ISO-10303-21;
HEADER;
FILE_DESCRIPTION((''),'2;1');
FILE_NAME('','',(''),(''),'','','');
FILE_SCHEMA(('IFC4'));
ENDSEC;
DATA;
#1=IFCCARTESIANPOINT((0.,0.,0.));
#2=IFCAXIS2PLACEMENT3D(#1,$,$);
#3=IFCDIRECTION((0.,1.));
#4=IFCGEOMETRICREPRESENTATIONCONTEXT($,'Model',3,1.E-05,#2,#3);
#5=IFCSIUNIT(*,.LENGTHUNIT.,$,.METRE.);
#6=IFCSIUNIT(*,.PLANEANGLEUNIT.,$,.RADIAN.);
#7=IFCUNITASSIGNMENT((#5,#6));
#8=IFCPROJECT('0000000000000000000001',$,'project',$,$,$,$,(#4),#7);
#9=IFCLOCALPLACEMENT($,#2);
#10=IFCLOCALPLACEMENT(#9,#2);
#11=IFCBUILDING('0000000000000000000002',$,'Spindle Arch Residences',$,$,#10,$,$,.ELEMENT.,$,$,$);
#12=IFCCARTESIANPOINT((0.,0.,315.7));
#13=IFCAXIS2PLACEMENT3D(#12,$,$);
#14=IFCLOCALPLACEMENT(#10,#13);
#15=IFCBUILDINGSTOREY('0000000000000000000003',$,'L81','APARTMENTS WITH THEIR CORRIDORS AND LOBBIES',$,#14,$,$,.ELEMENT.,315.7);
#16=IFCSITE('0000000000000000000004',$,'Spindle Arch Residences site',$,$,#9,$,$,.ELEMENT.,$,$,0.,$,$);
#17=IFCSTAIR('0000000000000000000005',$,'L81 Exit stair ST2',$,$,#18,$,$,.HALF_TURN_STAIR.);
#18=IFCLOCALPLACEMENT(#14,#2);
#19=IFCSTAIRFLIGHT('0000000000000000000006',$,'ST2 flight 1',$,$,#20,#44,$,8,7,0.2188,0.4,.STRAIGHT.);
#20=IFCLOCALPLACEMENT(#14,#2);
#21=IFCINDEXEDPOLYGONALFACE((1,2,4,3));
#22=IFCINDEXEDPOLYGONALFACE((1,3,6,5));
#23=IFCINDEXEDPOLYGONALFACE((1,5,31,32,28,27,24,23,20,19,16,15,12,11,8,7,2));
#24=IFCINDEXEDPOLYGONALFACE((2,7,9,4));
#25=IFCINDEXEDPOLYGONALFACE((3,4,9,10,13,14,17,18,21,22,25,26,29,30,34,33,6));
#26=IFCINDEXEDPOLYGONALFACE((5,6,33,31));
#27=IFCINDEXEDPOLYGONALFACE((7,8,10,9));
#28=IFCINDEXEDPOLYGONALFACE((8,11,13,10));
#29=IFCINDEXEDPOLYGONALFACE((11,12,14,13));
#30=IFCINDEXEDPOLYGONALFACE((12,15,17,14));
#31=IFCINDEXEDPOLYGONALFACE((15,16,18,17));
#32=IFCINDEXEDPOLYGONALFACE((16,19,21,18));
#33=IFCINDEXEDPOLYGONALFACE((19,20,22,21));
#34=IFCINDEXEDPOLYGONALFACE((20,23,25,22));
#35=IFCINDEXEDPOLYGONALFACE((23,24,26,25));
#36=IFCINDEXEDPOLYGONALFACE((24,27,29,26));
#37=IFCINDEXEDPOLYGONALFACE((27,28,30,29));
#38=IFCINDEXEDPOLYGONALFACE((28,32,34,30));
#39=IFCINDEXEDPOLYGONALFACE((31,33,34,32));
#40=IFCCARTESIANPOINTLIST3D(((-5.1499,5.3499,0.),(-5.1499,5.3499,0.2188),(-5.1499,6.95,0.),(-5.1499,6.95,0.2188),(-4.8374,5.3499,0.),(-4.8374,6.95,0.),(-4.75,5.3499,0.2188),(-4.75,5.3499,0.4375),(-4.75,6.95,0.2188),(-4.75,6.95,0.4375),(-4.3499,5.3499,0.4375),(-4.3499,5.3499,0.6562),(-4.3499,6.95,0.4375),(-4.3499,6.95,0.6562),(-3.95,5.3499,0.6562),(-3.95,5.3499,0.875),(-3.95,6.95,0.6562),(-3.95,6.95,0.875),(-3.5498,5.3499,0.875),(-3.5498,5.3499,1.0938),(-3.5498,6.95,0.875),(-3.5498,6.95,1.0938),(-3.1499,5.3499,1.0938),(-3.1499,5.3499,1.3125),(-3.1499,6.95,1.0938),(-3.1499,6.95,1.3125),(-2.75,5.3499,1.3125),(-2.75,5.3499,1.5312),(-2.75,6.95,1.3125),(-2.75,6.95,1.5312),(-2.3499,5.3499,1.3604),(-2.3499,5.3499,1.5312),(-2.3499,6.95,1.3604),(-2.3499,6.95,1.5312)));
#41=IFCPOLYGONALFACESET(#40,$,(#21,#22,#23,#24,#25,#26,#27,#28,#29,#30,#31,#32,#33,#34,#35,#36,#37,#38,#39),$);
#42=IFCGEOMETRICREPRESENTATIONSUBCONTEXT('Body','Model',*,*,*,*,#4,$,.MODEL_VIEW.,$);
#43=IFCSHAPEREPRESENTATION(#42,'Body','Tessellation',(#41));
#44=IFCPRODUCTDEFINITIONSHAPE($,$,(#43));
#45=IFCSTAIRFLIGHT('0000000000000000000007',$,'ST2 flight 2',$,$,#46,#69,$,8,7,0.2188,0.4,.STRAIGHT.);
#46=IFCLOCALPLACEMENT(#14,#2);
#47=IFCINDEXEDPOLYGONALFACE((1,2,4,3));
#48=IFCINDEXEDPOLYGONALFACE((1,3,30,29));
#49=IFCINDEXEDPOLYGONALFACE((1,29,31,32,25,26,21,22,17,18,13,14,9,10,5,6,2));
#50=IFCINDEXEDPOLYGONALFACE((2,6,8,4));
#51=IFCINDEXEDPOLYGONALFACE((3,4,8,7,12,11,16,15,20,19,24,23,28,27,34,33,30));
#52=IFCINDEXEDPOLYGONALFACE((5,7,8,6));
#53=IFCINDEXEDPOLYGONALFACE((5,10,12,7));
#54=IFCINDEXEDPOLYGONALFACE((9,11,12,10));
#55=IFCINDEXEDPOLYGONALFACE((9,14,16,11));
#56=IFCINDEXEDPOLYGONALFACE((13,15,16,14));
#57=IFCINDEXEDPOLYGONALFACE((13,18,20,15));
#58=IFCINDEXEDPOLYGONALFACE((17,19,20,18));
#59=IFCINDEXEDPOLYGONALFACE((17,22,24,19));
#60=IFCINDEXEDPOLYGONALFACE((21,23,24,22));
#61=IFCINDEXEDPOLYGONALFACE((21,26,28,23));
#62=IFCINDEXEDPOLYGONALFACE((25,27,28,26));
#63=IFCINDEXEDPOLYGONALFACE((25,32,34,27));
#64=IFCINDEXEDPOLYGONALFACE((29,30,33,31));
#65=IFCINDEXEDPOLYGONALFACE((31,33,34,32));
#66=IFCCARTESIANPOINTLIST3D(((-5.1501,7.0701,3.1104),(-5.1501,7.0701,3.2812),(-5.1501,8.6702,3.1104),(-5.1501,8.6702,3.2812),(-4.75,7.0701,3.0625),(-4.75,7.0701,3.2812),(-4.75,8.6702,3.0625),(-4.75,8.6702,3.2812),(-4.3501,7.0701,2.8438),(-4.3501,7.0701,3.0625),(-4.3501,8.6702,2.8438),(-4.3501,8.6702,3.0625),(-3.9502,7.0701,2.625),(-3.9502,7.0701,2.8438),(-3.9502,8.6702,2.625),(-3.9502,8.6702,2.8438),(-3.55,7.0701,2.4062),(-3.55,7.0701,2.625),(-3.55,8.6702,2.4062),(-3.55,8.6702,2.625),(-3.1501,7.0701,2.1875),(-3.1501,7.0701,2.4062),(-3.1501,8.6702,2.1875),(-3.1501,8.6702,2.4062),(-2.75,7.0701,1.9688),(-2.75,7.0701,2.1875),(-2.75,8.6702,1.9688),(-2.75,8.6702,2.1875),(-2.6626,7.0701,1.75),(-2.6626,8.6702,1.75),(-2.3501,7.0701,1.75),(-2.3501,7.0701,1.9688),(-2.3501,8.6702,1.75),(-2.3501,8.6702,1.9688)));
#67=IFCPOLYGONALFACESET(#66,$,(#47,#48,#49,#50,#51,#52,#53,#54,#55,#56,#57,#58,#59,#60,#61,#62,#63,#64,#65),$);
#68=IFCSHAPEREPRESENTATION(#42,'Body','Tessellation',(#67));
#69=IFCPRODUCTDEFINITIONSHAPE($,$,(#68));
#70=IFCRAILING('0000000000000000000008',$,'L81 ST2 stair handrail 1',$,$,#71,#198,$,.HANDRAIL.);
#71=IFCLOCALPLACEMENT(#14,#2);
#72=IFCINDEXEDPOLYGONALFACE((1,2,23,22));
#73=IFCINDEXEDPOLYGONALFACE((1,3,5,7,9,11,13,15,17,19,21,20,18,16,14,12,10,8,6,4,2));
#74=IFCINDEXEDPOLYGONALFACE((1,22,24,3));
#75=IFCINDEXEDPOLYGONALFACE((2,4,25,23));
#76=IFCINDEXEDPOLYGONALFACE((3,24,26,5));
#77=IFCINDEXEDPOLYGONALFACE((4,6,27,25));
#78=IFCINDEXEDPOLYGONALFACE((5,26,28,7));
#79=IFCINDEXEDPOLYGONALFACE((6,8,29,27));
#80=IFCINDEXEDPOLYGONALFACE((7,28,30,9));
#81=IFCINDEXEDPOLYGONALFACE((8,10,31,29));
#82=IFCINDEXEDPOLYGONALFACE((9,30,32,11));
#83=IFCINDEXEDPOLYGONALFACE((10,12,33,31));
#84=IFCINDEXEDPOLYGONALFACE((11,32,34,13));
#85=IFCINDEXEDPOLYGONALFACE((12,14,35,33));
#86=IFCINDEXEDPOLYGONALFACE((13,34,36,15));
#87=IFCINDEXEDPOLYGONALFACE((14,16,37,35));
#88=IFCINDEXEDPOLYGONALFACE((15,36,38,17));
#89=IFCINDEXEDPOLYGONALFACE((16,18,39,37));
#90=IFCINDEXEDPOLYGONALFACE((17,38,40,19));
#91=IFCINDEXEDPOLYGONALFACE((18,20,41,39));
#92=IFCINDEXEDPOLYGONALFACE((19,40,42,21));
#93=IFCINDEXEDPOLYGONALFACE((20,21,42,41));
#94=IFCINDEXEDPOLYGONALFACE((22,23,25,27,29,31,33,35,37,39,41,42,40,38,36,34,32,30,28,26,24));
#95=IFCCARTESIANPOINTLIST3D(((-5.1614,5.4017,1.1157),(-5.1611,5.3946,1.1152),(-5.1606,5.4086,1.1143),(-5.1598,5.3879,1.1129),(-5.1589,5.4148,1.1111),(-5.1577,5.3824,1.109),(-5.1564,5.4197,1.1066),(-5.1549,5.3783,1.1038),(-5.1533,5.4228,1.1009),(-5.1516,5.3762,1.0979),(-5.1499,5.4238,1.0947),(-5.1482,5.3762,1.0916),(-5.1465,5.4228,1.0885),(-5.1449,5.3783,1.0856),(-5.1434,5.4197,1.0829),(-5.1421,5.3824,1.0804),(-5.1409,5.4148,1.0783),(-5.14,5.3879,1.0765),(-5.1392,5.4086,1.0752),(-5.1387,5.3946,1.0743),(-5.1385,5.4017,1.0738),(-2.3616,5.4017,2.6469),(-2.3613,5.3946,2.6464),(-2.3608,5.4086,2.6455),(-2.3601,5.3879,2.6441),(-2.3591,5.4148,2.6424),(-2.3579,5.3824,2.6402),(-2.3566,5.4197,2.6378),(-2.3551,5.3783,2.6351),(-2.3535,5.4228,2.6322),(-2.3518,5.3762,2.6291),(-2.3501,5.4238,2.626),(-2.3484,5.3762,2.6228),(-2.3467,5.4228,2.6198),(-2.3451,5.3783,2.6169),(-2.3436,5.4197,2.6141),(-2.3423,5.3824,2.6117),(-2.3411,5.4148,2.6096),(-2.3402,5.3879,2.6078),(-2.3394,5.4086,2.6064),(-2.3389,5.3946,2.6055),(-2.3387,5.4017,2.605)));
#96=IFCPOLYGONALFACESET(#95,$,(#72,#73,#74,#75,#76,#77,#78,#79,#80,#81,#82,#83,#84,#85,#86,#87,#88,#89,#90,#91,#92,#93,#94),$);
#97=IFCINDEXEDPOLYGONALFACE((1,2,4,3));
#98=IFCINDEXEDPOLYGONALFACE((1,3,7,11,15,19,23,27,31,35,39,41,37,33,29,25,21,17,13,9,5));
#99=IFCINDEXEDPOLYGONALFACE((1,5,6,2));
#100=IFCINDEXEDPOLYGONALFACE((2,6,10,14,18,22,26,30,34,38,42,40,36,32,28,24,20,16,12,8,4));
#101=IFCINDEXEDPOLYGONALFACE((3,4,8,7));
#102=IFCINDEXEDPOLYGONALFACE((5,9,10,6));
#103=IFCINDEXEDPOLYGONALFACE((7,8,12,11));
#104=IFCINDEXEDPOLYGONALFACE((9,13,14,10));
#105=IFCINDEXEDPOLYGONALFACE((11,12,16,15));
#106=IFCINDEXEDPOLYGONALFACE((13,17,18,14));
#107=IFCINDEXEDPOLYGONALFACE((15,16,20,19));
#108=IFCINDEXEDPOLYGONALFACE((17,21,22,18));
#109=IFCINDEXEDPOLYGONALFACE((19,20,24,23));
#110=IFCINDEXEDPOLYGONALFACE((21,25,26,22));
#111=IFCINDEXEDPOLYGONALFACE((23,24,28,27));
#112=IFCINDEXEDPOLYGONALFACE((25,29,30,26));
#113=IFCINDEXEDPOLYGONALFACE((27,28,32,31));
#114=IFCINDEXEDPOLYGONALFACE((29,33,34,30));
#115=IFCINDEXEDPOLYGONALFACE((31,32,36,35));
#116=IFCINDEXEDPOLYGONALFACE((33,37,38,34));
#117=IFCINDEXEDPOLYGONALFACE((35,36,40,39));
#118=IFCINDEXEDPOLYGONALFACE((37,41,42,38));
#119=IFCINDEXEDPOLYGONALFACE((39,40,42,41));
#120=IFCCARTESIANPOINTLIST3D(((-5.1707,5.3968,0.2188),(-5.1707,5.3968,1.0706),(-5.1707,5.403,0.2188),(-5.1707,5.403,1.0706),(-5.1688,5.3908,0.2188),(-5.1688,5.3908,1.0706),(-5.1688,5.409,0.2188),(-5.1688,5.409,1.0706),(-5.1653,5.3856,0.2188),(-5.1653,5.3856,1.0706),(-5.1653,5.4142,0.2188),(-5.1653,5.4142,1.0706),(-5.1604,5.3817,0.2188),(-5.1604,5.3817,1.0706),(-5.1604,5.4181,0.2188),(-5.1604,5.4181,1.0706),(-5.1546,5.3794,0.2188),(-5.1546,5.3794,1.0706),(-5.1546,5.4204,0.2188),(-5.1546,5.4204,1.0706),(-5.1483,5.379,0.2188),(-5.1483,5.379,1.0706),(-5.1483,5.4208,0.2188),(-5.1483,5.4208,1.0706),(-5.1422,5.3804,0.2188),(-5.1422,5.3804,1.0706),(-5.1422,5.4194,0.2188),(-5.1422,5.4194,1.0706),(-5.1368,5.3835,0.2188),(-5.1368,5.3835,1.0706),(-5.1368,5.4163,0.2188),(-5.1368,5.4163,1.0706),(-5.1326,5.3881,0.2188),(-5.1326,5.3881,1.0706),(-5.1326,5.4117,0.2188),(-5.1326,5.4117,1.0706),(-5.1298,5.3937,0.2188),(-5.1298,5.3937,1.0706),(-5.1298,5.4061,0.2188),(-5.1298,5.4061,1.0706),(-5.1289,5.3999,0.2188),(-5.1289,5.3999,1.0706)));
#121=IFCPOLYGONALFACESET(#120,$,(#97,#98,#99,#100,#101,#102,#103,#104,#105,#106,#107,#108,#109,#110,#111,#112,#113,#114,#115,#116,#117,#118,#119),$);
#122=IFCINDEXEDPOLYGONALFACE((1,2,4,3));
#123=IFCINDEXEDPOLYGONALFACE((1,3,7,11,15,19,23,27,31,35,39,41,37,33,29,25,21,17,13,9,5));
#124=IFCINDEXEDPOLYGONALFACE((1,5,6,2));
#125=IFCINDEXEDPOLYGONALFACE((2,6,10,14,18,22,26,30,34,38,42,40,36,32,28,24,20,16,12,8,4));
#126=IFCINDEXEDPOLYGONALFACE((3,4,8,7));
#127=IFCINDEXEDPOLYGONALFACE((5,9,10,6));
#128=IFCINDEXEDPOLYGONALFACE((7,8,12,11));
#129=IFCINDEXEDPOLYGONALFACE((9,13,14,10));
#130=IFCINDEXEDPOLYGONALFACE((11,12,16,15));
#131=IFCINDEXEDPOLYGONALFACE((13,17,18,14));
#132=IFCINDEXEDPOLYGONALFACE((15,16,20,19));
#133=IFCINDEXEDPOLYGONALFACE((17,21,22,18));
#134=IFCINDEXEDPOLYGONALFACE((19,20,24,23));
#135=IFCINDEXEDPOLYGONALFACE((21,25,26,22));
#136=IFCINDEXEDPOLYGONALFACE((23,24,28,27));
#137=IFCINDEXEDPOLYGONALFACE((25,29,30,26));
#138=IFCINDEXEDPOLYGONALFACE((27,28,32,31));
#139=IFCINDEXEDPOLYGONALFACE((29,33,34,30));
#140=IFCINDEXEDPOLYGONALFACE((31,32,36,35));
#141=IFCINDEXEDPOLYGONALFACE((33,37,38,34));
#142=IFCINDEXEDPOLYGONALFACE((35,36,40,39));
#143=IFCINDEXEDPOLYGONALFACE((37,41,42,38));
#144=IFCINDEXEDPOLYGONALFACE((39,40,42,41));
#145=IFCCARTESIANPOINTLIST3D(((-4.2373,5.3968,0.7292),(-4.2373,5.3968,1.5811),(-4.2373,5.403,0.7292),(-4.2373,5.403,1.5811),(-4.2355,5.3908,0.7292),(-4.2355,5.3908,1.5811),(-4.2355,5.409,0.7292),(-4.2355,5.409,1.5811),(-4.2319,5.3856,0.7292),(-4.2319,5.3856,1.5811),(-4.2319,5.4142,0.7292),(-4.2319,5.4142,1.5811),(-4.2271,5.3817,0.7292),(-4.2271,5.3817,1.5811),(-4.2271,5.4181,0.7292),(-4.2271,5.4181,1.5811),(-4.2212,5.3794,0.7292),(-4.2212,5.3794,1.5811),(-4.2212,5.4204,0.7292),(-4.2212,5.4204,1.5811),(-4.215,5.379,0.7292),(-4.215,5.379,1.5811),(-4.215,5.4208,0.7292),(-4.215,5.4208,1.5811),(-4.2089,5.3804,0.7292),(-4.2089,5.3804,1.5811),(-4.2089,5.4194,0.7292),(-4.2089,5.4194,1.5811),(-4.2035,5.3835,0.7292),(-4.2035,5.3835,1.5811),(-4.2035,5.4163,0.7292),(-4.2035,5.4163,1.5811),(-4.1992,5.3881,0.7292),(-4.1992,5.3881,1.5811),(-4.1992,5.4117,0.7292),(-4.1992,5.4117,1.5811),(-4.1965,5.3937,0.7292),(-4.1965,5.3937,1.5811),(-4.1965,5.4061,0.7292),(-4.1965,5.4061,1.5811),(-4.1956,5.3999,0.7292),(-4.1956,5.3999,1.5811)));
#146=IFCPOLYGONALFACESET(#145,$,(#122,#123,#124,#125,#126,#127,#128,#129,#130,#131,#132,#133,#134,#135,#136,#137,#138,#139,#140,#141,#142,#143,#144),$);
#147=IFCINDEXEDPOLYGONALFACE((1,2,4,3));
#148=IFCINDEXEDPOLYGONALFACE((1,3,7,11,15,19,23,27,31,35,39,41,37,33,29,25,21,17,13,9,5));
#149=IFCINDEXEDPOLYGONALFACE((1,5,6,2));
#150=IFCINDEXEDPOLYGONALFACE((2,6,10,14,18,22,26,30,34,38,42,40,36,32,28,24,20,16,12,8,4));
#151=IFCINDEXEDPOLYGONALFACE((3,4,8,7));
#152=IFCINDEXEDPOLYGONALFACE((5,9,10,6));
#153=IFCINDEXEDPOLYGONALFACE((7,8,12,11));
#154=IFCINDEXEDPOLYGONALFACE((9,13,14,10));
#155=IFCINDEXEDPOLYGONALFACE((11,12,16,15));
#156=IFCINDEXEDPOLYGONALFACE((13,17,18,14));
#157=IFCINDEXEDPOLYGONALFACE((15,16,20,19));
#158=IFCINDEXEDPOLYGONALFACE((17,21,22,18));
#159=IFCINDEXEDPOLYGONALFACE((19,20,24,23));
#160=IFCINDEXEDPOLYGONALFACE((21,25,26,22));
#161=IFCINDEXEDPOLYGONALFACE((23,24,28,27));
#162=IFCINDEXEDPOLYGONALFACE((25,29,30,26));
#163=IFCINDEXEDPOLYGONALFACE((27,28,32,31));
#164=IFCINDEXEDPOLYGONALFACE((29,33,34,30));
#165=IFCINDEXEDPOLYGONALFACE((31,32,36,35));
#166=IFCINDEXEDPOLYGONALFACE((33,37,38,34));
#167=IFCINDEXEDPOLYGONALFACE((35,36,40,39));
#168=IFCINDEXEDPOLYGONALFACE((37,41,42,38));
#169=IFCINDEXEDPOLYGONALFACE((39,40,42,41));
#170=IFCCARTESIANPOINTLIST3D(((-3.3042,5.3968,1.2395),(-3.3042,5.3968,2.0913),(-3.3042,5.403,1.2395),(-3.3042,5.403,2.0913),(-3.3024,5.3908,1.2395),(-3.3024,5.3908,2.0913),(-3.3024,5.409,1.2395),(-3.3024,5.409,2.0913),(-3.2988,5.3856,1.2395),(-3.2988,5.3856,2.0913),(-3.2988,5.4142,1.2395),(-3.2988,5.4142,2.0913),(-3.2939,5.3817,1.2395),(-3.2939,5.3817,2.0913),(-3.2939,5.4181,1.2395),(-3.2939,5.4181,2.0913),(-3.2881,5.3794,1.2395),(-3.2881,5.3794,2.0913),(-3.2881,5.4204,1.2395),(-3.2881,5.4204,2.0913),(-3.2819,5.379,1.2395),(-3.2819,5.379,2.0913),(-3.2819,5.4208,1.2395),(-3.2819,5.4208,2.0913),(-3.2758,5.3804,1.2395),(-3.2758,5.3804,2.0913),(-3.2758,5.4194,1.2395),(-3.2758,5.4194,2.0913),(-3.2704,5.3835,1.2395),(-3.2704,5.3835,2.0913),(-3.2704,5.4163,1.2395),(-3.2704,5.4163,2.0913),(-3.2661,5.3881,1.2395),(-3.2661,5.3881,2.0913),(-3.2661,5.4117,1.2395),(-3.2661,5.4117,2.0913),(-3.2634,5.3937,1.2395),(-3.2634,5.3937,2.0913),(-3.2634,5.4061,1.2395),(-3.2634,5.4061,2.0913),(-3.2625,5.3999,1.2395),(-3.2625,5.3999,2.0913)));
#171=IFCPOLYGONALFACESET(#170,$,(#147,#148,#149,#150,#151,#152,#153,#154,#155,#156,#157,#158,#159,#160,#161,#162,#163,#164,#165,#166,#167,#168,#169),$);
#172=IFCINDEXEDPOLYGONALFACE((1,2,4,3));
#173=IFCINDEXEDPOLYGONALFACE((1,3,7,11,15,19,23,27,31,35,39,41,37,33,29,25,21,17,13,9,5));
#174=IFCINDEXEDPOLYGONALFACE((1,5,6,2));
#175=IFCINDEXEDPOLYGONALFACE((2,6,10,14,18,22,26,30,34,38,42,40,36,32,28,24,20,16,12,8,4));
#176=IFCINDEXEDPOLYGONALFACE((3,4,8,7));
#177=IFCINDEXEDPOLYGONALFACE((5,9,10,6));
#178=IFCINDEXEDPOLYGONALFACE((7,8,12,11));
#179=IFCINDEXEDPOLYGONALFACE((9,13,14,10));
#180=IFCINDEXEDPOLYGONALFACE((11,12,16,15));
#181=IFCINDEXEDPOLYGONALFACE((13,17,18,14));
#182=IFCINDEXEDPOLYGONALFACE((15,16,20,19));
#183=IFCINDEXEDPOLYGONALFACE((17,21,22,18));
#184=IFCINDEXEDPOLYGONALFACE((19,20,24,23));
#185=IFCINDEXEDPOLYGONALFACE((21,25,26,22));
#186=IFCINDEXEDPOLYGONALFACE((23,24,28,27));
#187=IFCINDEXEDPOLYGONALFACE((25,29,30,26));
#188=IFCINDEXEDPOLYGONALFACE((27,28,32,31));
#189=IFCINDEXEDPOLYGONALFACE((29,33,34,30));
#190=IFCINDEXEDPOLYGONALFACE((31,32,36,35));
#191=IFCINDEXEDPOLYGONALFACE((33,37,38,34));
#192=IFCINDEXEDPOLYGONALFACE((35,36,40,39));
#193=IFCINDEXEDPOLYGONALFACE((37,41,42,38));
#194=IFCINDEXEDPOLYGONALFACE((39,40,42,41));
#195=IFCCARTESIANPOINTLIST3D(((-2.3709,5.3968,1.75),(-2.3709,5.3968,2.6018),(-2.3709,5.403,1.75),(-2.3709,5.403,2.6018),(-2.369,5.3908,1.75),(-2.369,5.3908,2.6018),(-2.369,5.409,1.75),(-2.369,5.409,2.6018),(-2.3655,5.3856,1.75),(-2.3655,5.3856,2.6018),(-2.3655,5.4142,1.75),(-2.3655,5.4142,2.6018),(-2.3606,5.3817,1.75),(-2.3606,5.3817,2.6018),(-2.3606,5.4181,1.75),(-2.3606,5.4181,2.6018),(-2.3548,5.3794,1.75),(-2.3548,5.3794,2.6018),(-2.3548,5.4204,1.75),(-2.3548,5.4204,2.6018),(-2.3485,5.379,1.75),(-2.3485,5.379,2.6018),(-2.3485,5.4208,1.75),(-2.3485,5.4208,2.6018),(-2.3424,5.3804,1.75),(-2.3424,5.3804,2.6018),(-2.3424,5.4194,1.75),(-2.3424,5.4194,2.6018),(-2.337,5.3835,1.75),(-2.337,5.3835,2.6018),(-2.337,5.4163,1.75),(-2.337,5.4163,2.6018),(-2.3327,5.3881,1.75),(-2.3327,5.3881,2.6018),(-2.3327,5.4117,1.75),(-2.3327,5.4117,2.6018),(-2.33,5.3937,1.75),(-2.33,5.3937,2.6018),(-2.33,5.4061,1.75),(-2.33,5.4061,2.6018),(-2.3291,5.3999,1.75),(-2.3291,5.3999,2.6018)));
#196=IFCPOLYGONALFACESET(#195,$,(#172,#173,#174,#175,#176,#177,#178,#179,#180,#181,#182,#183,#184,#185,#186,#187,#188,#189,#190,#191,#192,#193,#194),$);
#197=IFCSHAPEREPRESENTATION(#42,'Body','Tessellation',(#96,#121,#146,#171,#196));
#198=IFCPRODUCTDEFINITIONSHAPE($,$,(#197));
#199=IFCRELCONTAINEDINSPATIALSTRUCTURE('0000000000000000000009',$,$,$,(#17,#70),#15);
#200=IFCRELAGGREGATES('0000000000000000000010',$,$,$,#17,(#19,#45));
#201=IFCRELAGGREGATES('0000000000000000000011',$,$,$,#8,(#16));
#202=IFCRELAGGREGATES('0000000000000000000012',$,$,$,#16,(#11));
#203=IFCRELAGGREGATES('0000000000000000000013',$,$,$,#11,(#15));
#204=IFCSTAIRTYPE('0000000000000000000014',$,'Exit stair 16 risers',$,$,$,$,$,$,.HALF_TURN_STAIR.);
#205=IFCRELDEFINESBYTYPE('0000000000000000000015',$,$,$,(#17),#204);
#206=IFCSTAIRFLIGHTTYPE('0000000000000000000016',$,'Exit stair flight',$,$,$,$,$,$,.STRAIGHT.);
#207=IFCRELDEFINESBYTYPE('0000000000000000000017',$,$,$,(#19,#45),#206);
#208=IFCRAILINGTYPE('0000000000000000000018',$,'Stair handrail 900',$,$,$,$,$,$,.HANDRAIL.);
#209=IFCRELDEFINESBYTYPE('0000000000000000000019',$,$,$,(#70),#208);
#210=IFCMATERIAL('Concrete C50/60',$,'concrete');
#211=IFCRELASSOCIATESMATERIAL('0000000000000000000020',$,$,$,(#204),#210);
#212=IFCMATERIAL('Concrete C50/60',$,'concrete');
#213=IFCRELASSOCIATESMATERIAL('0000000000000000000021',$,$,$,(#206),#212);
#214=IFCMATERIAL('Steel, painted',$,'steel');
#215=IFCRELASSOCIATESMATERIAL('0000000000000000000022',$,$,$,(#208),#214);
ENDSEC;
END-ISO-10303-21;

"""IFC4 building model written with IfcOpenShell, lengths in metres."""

from ifc_helpers import new_model, si_unit, direction, frame, origin, origin_2d, place, context, subcontext, project, spatial, polyline, circle, outline, extrude, material, type_object, element, aggregate, save


model = new_model("IFC4")

# Units and contexts
model_context = context("Model", 3, precision=1e-05, world=origin(), true_north=direction((0.0, 1.0)))
body_context = subcontext(model_context, "Body", "Model", "MODEL_VIEW")
ifc_project = project(units=[si_unit("LENGTHUNIT", "METRE"), si_unit("PLANEANGLEUNIT", "RADIAN")], contexts=[model_context])

# Site, building, storey
site_placement = place(None, origin())
site = spatial("IfcSite", under=ifc_project, at=site_placement, Name="Spindle Arch Residences site", CompositionType="ELEMENT", RefElevation=0.0)
building_placement = place(site_placement, origin())
building = spatial("IfcBuilding", under=site, at=building_placement, Name="Spindle Arch Residences", CompositionType="ELEMENT")
storey_placement = place(building_placement, frame((0.0, 0.0, 315.7)))
storey = spatial("IfcBuildingStorey", under=building, at=storey_placement, Name="L81", Description="APARTMENTS WITH THEIR CORRIDORS AND LOBBIES", CompositionType="ELEMENT", Elevation=315.7)

# Stair, stair flights
ifc_material_1 = material(Name="Concrete C50/60", Category="concrete")
stair_type = type_object("IfcStairType", Name="Exit stair 16 risers", PredefinedType="HALF_TURN_STAIR", material=ifc_material_1)
stair_placement = place(storey_placement, origin())
stair = element("IfcStair", 1, at=stair_placement, inside=storey, type_object=stair_type, Name="L81 Exit stair ST2", PredefinedType="HALF_TURN_STAIR")
ifc_material_2 = material(Name="Concrete C50/60", Category="concrete")
stair_flight_type = type_object("IfcStairFlightType", Name="Exit stair flight", PredefinedType="STRAIGHT", material=ifc_material_2)
stair_flight_1_placement = place(storey_placement, frame((-5.1499, 6.1499, 0.0), z_axis=(0.0, 0.0, 1.0), x_axis=(1.0, 0.0, 0.0)))
stair_flight_1 = element("IfcStairFlight", 2, at=stair_flight_1_placement, type_object=stair_flight_type, Name="ST2 flight 1", NumberOfRisers=8, NumberOfTreads=7, PredefinedType="STRAIGHT", RiserHeight=0.2188, TreadLength=0.4, context=body_context, shape_type="SweptSolid", body=[
    extrude(outline(polyline([(0.0, 0.0), (0.0, 0.2188), (0.3999, 0.2188), (0.3999, 0.4375), (0.8, 0.4375), (0.8, 0.6562), (1.2, 0.6562), (1.2, 0.875), (1.6001, 0.875), (1.6001, 1.0938), (2.0, 1.0938), (2.0, 1.3125), (2.3999, 1.3125), (2.3999, 1.5312), (2.8, 1.5312), (2.8, 1.75), (2.8, 1.3604), (0.3125, 0.0), (0.0, 0.0)])), frame((0.0, 0.8, 0.0), z_axis=(0.0, -1.0, 0.0), x_axis=(1.0, 0.0, 0.0)), (0.0, 0.0, 1.0), 1.6001),
])
stair_flight_2_placement = place(storey_placement, frame((-2.3501, 7.8701, 1.75), z_axis=(0.0, 0.0, 1.0), x_axis=(-1.0, 0.0, 0.0)))
stair_flight_2 = element("IfcStairFlight", 3, at=stair_flight_2_placement, type_object=stair_flight_type, Name="ST2 flight 2", NumberOfRisers=8, NumberOfTreads=7, PredefinedType="STRAIGHT", RiserHeight=0.2188, TreadLength=0.4, context=body_context, shape_type="SweptSolid", body=[
    extrude(outline(polyline([(0.0, 0.0), (0.0, 0.2188), (0.3999, 0.2188), (0.3999, 0.4375), (0.8, 0.4375), (0.8, 0.6562), (1.2, 0.6562), (1.2, 0.875), (1.6001, 0.875), (1.6001, 1.0938), (2.0, 1.0938), (2.0, 1.3125), (2.3999, 1.3125), (2.3999, 1.5312), (2.8, 1.5312), (2.8, 1.75), (2.8, 1.3604), (0.3125, 0.0), (0.0, 0.0)])), frame((0.0, 0.8, 0.0), z_axis=(0.0, -1.0, 0.0), x_axis=(1.0, 0.0, 0.0)), (0.0, 0.0, 1.0), 1.6001),
])
aggregate(stair, [stair_flight_1, stair_flight_2])

# Railing
ifc_material_3 = material(Name="Steel, painted", Category="steel")
railing_type_1 = type_object("IfcRailingType", Name="Stair handrail 900", PredefinedType="HANDRAIL", material=ifc_material_3)
railing_1_placement = place(storey_placement, frame((-5.1499, 5.3999, 0.2188)))
element("IfcRailing", 4, at=railing_1_placement, inside=storey, type_object=railing_type_1, Name="L81 ST2 stair handrail 1", PredefinedType="HANDRAIL", context=body_context, shape_type="SweptSolid", body=[
    extrude(circle(Radius=0.0239, at=origin_2d()), frame((0.0, 0.0, 0.876), z_axis=(0.877357, 0.0, 0.479838), x_axis=(0.0, 1.0, 0.0)), (0.0, 0.0, 1.0), 3.1912),
    extrude(circle(Radius=0.021, at=origin_2d()), origin(), (0.0, 0.0, 1.0), 0.8518),
    extrude(circle(Radius=0.021, at=origin_2d()), frame((0.9333, 0.0, 0.5105)), (0.0, 0.0, 1.0), 0.8518),
    extrude(circle(Radius=0.021, at=origin_2d()), frame((1.8665, 0.0, 1.0208)), (0.0, 0.0, 1.0), 0.8518),
    extrude(circle(Radius=0.021, at=origin_2d()), frame((2.7998, 0.0, 1.5312)), (0.0, 0.0, 1.0), 0.8518),
])

save(model, "model.ifc")
